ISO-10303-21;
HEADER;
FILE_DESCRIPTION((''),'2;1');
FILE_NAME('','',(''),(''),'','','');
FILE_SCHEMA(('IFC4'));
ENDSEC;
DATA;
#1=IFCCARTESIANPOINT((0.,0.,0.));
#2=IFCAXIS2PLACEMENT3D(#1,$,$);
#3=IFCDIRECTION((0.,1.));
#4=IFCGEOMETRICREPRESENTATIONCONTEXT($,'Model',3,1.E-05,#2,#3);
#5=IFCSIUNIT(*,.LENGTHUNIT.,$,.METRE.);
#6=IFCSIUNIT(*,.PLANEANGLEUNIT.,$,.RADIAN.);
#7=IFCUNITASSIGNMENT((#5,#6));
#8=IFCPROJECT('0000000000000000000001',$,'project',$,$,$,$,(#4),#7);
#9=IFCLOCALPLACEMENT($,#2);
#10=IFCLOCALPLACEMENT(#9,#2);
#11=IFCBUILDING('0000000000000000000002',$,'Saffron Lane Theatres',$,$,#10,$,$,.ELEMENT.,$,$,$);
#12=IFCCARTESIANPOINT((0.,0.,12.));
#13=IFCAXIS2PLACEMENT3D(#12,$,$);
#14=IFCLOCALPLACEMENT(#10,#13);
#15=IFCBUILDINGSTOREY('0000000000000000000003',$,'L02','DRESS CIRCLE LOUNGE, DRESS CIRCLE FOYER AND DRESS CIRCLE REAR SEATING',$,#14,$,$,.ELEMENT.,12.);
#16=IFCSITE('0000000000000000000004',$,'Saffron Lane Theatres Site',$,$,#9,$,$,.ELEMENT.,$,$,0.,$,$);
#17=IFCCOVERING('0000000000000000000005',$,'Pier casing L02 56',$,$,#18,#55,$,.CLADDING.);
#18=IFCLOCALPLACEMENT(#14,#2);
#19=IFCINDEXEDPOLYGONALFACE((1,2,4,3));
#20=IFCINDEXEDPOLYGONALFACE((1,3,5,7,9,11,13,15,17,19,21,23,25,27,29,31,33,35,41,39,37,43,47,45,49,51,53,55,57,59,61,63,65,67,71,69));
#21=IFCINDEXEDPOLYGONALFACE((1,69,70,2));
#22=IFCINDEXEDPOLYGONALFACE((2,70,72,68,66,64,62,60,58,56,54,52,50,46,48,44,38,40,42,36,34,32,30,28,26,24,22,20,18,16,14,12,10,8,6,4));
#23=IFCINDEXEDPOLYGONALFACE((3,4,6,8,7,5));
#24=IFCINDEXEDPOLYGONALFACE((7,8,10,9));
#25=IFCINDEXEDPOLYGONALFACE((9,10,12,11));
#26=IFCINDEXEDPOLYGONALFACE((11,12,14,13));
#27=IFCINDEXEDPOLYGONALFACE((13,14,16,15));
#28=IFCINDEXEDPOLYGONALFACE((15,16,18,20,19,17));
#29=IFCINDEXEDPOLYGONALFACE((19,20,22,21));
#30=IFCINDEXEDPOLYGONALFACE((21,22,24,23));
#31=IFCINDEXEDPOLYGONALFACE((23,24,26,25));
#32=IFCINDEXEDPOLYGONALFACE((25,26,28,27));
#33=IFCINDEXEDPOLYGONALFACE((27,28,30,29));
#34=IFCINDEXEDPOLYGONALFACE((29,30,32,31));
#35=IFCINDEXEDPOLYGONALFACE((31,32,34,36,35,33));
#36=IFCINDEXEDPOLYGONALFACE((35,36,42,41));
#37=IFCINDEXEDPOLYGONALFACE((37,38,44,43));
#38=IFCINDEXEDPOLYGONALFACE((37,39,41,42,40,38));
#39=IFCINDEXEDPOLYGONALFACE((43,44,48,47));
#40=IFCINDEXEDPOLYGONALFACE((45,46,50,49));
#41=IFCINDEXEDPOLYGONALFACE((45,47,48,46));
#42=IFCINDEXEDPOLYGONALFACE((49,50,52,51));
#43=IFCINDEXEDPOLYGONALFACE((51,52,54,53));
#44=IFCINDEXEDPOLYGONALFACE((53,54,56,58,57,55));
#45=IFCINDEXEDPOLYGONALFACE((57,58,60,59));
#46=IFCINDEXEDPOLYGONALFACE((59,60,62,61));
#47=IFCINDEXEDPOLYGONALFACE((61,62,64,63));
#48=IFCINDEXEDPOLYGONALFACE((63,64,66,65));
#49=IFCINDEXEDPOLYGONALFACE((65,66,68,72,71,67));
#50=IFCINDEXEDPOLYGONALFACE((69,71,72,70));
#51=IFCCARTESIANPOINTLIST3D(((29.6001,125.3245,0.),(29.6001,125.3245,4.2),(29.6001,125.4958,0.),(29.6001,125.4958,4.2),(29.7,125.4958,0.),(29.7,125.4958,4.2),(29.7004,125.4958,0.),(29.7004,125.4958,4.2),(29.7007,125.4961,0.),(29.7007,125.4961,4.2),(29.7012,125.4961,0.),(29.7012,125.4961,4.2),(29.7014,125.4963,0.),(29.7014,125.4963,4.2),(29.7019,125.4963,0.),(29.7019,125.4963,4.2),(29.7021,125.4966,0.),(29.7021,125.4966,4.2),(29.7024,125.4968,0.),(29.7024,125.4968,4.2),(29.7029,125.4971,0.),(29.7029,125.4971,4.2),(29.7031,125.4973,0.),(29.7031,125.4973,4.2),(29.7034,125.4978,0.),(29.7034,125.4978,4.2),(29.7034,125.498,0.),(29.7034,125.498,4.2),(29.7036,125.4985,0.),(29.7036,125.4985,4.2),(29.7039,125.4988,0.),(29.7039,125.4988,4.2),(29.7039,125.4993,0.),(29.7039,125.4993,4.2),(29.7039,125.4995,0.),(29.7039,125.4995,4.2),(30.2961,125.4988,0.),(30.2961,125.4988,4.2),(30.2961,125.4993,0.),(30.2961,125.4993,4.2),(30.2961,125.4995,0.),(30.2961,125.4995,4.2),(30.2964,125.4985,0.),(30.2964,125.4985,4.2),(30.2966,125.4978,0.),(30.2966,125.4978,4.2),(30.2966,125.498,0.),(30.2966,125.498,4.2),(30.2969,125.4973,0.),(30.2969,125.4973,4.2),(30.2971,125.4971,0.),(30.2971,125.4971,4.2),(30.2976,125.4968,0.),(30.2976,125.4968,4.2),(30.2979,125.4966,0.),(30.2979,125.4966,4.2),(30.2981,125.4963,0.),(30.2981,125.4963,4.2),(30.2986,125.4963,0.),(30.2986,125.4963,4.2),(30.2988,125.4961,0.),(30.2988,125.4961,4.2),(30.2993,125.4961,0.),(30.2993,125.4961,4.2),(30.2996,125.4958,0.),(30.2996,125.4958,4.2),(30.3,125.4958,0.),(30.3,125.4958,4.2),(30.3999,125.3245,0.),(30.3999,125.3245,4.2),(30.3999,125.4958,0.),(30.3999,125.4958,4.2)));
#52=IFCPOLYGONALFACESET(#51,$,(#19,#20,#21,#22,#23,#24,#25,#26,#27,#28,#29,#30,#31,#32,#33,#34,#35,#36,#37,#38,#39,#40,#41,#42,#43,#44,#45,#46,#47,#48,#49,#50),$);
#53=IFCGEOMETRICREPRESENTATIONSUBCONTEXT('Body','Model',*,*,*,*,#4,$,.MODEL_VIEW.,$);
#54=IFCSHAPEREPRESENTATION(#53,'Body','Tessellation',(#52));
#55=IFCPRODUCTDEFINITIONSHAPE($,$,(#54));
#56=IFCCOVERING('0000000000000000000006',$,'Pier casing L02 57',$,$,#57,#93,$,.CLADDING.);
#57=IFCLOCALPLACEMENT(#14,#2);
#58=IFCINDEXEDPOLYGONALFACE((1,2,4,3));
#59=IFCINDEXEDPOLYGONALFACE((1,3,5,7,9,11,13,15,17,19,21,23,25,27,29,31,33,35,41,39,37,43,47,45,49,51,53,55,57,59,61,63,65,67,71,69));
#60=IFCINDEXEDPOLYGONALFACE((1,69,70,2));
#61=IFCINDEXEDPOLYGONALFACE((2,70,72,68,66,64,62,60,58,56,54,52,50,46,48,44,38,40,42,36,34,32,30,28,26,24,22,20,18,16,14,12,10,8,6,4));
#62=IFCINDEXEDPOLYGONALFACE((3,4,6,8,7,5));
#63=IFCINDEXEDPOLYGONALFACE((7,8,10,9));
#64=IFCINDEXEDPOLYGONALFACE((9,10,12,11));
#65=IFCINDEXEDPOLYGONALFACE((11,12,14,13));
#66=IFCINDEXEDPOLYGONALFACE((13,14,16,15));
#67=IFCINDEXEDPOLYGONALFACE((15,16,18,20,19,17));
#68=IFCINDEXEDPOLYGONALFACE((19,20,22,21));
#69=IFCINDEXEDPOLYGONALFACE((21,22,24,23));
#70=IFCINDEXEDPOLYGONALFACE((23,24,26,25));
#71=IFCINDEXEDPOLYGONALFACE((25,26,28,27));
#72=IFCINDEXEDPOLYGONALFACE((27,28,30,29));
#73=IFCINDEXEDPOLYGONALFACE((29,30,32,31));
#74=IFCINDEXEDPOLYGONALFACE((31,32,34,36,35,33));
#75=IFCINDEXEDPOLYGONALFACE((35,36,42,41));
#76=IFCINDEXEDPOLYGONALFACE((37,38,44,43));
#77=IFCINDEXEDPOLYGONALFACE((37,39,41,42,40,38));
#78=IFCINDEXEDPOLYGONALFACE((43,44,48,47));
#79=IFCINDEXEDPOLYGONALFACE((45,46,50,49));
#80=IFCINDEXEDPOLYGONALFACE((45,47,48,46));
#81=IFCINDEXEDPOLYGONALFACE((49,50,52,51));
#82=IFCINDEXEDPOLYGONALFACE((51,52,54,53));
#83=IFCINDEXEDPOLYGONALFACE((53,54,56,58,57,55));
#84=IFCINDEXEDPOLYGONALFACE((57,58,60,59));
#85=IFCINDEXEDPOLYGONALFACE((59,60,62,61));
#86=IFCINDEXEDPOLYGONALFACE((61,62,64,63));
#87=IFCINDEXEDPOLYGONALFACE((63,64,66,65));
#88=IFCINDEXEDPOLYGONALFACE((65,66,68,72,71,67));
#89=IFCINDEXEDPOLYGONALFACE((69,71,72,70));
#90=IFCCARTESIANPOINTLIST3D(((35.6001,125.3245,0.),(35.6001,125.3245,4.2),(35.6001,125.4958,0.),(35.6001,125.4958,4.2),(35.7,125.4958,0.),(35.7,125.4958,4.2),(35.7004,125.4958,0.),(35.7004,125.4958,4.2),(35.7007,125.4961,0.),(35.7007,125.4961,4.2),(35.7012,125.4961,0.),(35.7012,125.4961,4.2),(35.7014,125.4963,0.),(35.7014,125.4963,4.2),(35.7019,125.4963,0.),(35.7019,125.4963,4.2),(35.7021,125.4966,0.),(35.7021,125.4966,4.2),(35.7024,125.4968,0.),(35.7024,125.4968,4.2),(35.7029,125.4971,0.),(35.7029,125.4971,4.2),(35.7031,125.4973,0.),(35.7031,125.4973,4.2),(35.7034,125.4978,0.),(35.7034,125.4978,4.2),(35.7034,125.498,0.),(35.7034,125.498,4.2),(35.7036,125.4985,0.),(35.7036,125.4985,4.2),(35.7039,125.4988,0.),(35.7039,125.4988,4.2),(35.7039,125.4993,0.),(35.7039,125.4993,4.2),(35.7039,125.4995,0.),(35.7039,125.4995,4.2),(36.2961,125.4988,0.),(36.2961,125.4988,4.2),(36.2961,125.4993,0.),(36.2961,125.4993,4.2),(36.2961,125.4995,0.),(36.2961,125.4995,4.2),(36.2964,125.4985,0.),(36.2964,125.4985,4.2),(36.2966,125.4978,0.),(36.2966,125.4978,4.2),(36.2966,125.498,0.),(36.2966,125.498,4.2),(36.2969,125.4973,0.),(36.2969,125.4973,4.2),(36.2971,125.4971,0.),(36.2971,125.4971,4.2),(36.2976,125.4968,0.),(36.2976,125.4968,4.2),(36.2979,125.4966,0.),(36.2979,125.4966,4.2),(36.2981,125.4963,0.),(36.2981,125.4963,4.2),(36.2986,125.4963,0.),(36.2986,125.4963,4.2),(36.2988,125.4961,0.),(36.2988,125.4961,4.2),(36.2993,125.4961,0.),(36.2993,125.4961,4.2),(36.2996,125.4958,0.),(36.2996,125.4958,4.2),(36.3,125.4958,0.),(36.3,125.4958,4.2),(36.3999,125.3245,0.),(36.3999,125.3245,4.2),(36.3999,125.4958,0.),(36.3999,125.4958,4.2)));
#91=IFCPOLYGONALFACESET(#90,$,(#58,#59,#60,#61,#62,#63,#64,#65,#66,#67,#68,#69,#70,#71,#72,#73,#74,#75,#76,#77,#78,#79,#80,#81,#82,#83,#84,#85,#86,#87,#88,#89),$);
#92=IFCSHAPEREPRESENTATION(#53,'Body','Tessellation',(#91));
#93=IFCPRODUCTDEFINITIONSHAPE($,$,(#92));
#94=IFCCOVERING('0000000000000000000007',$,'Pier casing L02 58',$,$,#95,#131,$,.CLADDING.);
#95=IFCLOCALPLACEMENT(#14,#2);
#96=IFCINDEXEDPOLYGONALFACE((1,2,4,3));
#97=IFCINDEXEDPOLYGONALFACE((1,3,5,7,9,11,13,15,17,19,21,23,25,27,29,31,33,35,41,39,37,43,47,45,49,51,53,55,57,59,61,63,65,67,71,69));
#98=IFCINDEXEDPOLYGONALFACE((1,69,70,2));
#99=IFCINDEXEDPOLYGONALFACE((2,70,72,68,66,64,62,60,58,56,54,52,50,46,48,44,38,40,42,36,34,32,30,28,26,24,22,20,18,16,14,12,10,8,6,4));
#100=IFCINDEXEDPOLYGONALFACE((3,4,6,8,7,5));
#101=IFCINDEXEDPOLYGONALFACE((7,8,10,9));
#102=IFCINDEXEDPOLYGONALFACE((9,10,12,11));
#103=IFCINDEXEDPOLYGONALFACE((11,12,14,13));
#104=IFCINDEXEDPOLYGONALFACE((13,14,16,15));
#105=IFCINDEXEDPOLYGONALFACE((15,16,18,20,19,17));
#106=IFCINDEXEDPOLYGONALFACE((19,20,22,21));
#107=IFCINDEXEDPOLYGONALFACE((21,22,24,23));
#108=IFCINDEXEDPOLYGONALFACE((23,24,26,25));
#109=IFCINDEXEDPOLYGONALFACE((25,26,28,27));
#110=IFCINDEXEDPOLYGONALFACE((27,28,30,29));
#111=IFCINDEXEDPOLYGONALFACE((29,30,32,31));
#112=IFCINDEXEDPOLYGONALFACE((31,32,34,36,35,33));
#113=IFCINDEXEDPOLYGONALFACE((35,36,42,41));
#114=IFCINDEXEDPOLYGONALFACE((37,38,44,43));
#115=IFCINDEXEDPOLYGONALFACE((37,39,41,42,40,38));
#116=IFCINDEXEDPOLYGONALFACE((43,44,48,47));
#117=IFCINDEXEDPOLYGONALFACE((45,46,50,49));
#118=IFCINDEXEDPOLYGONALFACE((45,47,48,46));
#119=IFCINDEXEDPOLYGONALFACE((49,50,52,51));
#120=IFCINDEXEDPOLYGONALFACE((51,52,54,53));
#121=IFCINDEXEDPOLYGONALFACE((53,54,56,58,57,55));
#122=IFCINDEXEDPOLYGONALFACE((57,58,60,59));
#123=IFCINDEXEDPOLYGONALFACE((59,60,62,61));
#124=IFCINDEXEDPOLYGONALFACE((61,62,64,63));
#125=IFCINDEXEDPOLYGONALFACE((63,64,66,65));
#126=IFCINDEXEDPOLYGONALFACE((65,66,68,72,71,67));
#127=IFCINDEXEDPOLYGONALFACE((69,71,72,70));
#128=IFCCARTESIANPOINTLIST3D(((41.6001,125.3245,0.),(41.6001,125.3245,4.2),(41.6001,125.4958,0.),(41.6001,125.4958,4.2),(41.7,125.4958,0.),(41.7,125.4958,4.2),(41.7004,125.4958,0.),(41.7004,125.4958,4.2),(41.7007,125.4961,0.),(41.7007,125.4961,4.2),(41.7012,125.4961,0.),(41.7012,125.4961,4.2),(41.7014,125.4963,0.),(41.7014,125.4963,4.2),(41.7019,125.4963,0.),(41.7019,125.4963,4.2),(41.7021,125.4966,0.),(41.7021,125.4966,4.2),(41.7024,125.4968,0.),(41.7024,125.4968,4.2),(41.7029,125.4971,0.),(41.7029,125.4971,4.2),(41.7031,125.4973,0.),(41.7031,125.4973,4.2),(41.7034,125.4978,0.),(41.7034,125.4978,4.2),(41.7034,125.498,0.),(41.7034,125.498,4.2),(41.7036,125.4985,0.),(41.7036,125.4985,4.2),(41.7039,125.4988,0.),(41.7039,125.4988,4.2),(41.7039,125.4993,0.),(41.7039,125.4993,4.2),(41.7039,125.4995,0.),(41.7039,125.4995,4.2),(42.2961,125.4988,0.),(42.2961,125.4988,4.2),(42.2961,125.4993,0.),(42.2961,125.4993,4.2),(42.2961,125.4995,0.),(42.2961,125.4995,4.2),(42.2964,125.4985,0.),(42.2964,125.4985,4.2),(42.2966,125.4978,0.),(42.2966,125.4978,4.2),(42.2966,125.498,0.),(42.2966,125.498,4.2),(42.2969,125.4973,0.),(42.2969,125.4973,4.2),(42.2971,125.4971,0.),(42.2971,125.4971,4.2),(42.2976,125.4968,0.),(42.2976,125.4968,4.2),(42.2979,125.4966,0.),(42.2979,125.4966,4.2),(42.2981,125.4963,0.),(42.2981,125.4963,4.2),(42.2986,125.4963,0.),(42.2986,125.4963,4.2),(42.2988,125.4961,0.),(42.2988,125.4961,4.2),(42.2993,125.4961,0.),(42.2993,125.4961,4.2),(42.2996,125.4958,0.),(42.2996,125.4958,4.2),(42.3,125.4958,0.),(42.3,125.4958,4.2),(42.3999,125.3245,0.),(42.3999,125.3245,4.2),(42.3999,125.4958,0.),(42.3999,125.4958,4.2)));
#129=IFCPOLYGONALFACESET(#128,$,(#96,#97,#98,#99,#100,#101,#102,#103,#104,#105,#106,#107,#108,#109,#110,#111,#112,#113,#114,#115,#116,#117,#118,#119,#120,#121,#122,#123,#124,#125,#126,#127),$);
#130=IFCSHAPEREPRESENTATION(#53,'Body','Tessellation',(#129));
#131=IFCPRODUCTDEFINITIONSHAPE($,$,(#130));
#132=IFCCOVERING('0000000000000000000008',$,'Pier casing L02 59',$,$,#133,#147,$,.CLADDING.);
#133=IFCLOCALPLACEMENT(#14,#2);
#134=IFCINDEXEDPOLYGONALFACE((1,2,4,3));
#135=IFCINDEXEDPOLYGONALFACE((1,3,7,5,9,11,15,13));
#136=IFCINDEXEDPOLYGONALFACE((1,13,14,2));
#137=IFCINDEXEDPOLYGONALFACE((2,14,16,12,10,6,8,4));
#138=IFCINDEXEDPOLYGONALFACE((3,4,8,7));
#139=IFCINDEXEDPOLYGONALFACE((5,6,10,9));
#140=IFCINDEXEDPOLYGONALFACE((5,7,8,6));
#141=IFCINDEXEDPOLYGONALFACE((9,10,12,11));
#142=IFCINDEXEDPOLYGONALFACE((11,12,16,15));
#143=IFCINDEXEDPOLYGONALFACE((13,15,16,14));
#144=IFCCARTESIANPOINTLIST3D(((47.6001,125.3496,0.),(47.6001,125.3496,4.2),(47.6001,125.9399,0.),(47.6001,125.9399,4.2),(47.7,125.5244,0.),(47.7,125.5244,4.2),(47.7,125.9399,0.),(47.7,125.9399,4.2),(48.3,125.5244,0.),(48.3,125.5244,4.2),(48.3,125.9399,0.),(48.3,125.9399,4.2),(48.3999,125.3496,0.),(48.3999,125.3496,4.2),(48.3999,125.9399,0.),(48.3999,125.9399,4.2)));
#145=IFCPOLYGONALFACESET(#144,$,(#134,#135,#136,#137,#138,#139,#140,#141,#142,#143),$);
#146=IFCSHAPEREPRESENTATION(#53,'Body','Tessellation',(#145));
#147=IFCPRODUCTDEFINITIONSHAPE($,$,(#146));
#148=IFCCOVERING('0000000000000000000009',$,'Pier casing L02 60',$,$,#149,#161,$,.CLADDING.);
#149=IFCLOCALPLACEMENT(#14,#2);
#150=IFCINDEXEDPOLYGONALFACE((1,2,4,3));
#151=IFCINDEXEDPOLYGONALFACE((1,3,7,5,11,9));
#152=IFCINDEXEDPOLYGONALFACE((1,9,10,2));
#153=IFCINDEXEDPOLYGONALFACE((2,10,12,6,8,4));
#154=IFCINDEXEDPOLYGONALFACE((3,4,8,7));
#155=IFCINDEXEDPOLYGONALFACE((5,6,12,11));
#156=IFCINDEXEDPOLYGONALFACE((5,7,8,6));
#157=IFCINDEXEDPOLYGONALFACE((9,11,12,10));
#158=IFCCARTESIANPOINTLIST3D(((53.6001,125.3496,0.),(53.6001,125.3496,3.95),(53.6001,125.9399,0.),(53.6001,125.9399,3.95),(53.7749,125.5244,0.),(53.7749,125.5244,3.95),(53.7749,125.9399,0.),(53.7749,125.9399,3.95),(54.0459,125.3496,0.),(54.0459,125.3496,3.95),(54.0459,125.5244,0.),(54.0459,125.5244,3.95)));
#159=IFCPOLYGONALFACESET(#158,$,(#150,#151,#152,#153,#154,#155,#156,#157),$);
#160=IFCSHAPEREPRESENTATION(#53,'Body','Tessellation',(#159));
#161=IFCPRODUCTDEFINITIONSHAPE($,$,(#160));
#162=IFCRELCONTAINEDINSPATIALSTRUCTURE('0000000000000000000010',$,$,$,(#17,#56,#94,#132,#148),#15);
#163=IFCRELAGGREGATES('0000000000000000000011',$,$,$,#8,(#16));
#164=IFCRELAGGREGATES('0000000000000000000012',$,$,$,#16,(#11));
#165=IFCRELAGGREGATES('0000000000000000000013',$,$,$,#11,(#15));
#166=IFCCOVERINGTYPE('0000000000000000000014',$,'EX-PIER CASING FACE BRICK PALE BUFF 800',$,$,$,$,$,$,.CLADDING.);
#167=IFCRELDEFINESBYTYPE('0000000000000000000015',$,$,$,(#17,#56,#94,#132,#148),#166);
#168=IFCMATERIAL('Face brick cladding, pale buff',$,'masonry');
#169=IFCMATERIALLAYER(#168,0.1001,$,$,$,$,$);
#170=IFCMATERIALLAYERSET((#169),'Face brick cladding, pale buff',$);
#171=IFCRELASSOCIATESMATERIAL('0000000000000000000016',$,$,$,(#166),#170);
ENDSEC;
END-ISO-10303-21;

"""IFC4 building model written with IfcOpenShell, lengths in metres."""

from ifc_helpers import new_model, si_unit, direction, frame, origin, place, context, subcontext, project, spatial, polyline, outline, extrude, material, layer, layer_set, type_object, element, save


model = new_model("IFC4")

# Units and contexts
model_context = context("Model", 3, precision=1e-05, world=origin(), true_north=direction((0.0, 1.0)))
body_context = subcontext(model_context, "Body", "Model", "MODEL_VIEW")
ifc_project = project(units=[si_unit("LENGTHUNIT", "METRE"), si_unit("PLANEANGLEUNIT", "RADIAN")], contexts=[model_context])

# Site, building, storey
site_placement = place(None, origin())
site = spatial("IfcSite", under=ifc_project, at=site_placement, Name="Saffron Lane Theatres Site", CompositionType="ELEMENT", RefElevation=0.0)
building_placement = place(site_placement, origin())
building = spatial("IfcBuilding", under=site, at=building_placement, Name="Saffron Lane Theatres", CompositionType="ELEMENT")
storey_placement = place(building_placement, frame((0.0, 0.0, 12.0)))
storey = spatial("IfcBuildingStorey", under=building, at=storey_placement, Name="L02", Description="DRESS CIRCLE LOUNGE, DRESS CIRCLE FOYER AND DRESS CIRCLE REAR SEATING", CompositionType="ELEMENT", Elevation=12.0)

# Coverings
ifc_material_1 = material(Name="Face brick cladding, pale buff", Category="masonry")
ifc_layer_1 = layer(ifc_material_1, 0.1001)
ifc_layer_set_1 = layer_set([ifc_layer_1], Name="Face brick cladding, pale buff")
covering_type = type_object("IfcCoveringType", Name="EX-PIER CASING FACE BRICK PALE BUFF 800", PredefinedType="CLADDING", material=ifc_layer_set_1)
covering_1_placement = place(storey_placement, origin())
element("IfcCovering", 1, at=covering_1_placement, inside=storey, type_object=covering_type, Name="Pier casing L02 56", PredefinedType="CLADDING", context=body_context, shape_type="SweptSolid", body=[
    extrude(outline(polyline([(29.6001, 125.4958), (29.6001, 125.3245), (30.3999, 125.3245), (30.3999, 125.4958), (30.3, 125.4958), (30.2996, 125.4958), (30.2993, 125.4961), (30.2988, 125.4961), (30.2986, 125.4963), (30.2981, 125.4963), (30.2979, 125.4966), (30.2976, 125.4968), (30.2971, 125.4971), (30.2969, 125.4973), (30.2966, 125.4978), (30.2966, 125.498), (30.2964, 125.4985), (30.2961, 125.4988), (30.2961, 125.4993), (30.2961, 125.4995), (29.7039, 125.4995), (29.7039, 125.4993), (29.7039, 125.4988), (29.7036, 125.4985), (29.7034, 125.498), (29.7034, 125.4978), (29.7031, 125.4973), (29.7029, 125.4971), (29.7024, 125.4968), (29.7021, 125.4966), (29.7019, 125.4963), (29.7014, 125.4963), (29.7012, 125.4961), (29.7007, 125.4961), (29.7004, 125.4958), (29.7, 125.4958), (29.6001, 125.4958)])), origin(), (0.0, 0.0, 1.0), 4.2),
])
covering_2_placement = place(storey_placement, origin())
element("IfcCovering", 2, at=covering_2_placement, inside=storey, type_object=covering_type, Name="Pier casing L02 57", PredefinedType="CLADDING", context=body_context, shape_type="SweptSolid", body=[
    extrude(outline(polyline([(35.6001, 125.4958), (35.6001, 125.3245), (36.3999, 125.3245), (36.3999, 125.4958), (36.3, 125.4958), (36.2996, 125.4958), (36.2993, 125.4961), (36.2988, 125.4961), (36.2986, 125.4963), (36.2981, 125.4963), (36.2979, 125.4966), (36.2976, 125.4968), (36.2971, 125.4971), (36.2969, 125.4973), (36.2966, 125.4978), (36.2966, 125.498), (36.2964, 125.4985), (36.2961, 125.4988), (36.2961, 125.4993), (36.2961, 125.4995), (35.7039, 125.4995), (35.7039, 125.4993), (35.7039, 125.4988), (35.7036, 125.4985), (35.7034, 125.498), (35.7034, 125.4978), (35.7031, 125.4973), (35.7029, 125.4971), (35.7024, 125.4968), (35.7021, 125.4966), (35.7019, 125.4963), (35.7014, 125.4963), (35.7012, 125.4961), (35.7007, 125.4961), (35.7004, 125.4958), (35.7, 125.4958), (35.6001, 125.4958)])), origin(), (0.0, 0.0, 1.0), 4.2),
])
covering_3_placement = place(storey_placement, origin())
element("IfcCovering", 3, at=covering_3_placement, inside=storey, type_object=covering_type, Name="Pier casing L02 58", PredefinedType="CLADDING", context=body_context, shape_type="SweptSolid", body=[
    extrude(outline(polyline([(41.6001, 125.4958), (41.6001, 125.3245), (42.3999, 125.3245), (42.3999, 125.4958), (42.3, 125.4958), (42.2996, 125.4958), (42.2993, 125.4961), (42.2988, 125.4961), (42.2986, 125.4963), (42.2981, 125.4963), (42.2979, 125.4966), (42.2976, 125.4968), (42.2971, 125.4971), (42.2969, 125.4973), (42.2966, 125.4978), (42.2966, 125.498), (42.2964, 125.4985), (42.2961, 125.4988), (42.2961, 125.4993), (42.2961, 125.4995), (41.7039, 125.4995), (41.7039, 125.4993), (41.7039, 125.4988), (41.7036, 125.4985), (41.7034, 125.498), (41.7034, 125.4978), (41.7031, 125.4973), (41.7029, 125.4971), (41.7024, 125.4968), (41.7021, 125.4966), (41.7019, 125.4963), (41.7014, 125.4963), (41.7012, 125.4961), (41.7007, 125.4961), (41.7004, 125.4958), (41.7, 125.4958), (41.6001, 125.4958)])), origin(), (0.0, 0.0, 1.0), 4.2),
])
covering_4_placement = place(storey_placement, origin())
element("IfcCovering", 4, at=covering_4_placement, inside=storey, type_object=covering_type, Name="Pier casing L02 59", PredefinedType="CLADDING", context=body_context, shape_type="SweptSolid", body=[
    extrude(outline(polyline([(47.6001, 125.9399), (47.6001, 125.3496), (48.3999, 125.3496), (48.3999, 125.9399), (48.3, 125.9399), (48.3, 125.5244), (47.7, 125.5244), (47.7, 125.9399), (47.6001, 125.9399)])), origin(), (0.0, 0.0, 1.0), 4.2),
])
covering_5_placement = place(storey_placement, origin())
element("IfcCovering", 5, at=covering_5_placement, inside=storey, type_object=covering_type, Name="Pier casing L02 60", PredefinedType="CLADDING", context=body_context, shape_type="SweptSolid", body=[
    extrude(outline(polyline([(53.6001, 125.9399), (53.6001, 125.3496), (54.0459, 125.3496), (54.0459, 125.5244), (54.0459, 125.5244), (53.7749, 125.5244), (53.7749, 125.9399), (53.6001, 125.9399)])), origin(), (0.0, 0.0, 1.0), 3.95),
])

save(model, "model.ifc")
